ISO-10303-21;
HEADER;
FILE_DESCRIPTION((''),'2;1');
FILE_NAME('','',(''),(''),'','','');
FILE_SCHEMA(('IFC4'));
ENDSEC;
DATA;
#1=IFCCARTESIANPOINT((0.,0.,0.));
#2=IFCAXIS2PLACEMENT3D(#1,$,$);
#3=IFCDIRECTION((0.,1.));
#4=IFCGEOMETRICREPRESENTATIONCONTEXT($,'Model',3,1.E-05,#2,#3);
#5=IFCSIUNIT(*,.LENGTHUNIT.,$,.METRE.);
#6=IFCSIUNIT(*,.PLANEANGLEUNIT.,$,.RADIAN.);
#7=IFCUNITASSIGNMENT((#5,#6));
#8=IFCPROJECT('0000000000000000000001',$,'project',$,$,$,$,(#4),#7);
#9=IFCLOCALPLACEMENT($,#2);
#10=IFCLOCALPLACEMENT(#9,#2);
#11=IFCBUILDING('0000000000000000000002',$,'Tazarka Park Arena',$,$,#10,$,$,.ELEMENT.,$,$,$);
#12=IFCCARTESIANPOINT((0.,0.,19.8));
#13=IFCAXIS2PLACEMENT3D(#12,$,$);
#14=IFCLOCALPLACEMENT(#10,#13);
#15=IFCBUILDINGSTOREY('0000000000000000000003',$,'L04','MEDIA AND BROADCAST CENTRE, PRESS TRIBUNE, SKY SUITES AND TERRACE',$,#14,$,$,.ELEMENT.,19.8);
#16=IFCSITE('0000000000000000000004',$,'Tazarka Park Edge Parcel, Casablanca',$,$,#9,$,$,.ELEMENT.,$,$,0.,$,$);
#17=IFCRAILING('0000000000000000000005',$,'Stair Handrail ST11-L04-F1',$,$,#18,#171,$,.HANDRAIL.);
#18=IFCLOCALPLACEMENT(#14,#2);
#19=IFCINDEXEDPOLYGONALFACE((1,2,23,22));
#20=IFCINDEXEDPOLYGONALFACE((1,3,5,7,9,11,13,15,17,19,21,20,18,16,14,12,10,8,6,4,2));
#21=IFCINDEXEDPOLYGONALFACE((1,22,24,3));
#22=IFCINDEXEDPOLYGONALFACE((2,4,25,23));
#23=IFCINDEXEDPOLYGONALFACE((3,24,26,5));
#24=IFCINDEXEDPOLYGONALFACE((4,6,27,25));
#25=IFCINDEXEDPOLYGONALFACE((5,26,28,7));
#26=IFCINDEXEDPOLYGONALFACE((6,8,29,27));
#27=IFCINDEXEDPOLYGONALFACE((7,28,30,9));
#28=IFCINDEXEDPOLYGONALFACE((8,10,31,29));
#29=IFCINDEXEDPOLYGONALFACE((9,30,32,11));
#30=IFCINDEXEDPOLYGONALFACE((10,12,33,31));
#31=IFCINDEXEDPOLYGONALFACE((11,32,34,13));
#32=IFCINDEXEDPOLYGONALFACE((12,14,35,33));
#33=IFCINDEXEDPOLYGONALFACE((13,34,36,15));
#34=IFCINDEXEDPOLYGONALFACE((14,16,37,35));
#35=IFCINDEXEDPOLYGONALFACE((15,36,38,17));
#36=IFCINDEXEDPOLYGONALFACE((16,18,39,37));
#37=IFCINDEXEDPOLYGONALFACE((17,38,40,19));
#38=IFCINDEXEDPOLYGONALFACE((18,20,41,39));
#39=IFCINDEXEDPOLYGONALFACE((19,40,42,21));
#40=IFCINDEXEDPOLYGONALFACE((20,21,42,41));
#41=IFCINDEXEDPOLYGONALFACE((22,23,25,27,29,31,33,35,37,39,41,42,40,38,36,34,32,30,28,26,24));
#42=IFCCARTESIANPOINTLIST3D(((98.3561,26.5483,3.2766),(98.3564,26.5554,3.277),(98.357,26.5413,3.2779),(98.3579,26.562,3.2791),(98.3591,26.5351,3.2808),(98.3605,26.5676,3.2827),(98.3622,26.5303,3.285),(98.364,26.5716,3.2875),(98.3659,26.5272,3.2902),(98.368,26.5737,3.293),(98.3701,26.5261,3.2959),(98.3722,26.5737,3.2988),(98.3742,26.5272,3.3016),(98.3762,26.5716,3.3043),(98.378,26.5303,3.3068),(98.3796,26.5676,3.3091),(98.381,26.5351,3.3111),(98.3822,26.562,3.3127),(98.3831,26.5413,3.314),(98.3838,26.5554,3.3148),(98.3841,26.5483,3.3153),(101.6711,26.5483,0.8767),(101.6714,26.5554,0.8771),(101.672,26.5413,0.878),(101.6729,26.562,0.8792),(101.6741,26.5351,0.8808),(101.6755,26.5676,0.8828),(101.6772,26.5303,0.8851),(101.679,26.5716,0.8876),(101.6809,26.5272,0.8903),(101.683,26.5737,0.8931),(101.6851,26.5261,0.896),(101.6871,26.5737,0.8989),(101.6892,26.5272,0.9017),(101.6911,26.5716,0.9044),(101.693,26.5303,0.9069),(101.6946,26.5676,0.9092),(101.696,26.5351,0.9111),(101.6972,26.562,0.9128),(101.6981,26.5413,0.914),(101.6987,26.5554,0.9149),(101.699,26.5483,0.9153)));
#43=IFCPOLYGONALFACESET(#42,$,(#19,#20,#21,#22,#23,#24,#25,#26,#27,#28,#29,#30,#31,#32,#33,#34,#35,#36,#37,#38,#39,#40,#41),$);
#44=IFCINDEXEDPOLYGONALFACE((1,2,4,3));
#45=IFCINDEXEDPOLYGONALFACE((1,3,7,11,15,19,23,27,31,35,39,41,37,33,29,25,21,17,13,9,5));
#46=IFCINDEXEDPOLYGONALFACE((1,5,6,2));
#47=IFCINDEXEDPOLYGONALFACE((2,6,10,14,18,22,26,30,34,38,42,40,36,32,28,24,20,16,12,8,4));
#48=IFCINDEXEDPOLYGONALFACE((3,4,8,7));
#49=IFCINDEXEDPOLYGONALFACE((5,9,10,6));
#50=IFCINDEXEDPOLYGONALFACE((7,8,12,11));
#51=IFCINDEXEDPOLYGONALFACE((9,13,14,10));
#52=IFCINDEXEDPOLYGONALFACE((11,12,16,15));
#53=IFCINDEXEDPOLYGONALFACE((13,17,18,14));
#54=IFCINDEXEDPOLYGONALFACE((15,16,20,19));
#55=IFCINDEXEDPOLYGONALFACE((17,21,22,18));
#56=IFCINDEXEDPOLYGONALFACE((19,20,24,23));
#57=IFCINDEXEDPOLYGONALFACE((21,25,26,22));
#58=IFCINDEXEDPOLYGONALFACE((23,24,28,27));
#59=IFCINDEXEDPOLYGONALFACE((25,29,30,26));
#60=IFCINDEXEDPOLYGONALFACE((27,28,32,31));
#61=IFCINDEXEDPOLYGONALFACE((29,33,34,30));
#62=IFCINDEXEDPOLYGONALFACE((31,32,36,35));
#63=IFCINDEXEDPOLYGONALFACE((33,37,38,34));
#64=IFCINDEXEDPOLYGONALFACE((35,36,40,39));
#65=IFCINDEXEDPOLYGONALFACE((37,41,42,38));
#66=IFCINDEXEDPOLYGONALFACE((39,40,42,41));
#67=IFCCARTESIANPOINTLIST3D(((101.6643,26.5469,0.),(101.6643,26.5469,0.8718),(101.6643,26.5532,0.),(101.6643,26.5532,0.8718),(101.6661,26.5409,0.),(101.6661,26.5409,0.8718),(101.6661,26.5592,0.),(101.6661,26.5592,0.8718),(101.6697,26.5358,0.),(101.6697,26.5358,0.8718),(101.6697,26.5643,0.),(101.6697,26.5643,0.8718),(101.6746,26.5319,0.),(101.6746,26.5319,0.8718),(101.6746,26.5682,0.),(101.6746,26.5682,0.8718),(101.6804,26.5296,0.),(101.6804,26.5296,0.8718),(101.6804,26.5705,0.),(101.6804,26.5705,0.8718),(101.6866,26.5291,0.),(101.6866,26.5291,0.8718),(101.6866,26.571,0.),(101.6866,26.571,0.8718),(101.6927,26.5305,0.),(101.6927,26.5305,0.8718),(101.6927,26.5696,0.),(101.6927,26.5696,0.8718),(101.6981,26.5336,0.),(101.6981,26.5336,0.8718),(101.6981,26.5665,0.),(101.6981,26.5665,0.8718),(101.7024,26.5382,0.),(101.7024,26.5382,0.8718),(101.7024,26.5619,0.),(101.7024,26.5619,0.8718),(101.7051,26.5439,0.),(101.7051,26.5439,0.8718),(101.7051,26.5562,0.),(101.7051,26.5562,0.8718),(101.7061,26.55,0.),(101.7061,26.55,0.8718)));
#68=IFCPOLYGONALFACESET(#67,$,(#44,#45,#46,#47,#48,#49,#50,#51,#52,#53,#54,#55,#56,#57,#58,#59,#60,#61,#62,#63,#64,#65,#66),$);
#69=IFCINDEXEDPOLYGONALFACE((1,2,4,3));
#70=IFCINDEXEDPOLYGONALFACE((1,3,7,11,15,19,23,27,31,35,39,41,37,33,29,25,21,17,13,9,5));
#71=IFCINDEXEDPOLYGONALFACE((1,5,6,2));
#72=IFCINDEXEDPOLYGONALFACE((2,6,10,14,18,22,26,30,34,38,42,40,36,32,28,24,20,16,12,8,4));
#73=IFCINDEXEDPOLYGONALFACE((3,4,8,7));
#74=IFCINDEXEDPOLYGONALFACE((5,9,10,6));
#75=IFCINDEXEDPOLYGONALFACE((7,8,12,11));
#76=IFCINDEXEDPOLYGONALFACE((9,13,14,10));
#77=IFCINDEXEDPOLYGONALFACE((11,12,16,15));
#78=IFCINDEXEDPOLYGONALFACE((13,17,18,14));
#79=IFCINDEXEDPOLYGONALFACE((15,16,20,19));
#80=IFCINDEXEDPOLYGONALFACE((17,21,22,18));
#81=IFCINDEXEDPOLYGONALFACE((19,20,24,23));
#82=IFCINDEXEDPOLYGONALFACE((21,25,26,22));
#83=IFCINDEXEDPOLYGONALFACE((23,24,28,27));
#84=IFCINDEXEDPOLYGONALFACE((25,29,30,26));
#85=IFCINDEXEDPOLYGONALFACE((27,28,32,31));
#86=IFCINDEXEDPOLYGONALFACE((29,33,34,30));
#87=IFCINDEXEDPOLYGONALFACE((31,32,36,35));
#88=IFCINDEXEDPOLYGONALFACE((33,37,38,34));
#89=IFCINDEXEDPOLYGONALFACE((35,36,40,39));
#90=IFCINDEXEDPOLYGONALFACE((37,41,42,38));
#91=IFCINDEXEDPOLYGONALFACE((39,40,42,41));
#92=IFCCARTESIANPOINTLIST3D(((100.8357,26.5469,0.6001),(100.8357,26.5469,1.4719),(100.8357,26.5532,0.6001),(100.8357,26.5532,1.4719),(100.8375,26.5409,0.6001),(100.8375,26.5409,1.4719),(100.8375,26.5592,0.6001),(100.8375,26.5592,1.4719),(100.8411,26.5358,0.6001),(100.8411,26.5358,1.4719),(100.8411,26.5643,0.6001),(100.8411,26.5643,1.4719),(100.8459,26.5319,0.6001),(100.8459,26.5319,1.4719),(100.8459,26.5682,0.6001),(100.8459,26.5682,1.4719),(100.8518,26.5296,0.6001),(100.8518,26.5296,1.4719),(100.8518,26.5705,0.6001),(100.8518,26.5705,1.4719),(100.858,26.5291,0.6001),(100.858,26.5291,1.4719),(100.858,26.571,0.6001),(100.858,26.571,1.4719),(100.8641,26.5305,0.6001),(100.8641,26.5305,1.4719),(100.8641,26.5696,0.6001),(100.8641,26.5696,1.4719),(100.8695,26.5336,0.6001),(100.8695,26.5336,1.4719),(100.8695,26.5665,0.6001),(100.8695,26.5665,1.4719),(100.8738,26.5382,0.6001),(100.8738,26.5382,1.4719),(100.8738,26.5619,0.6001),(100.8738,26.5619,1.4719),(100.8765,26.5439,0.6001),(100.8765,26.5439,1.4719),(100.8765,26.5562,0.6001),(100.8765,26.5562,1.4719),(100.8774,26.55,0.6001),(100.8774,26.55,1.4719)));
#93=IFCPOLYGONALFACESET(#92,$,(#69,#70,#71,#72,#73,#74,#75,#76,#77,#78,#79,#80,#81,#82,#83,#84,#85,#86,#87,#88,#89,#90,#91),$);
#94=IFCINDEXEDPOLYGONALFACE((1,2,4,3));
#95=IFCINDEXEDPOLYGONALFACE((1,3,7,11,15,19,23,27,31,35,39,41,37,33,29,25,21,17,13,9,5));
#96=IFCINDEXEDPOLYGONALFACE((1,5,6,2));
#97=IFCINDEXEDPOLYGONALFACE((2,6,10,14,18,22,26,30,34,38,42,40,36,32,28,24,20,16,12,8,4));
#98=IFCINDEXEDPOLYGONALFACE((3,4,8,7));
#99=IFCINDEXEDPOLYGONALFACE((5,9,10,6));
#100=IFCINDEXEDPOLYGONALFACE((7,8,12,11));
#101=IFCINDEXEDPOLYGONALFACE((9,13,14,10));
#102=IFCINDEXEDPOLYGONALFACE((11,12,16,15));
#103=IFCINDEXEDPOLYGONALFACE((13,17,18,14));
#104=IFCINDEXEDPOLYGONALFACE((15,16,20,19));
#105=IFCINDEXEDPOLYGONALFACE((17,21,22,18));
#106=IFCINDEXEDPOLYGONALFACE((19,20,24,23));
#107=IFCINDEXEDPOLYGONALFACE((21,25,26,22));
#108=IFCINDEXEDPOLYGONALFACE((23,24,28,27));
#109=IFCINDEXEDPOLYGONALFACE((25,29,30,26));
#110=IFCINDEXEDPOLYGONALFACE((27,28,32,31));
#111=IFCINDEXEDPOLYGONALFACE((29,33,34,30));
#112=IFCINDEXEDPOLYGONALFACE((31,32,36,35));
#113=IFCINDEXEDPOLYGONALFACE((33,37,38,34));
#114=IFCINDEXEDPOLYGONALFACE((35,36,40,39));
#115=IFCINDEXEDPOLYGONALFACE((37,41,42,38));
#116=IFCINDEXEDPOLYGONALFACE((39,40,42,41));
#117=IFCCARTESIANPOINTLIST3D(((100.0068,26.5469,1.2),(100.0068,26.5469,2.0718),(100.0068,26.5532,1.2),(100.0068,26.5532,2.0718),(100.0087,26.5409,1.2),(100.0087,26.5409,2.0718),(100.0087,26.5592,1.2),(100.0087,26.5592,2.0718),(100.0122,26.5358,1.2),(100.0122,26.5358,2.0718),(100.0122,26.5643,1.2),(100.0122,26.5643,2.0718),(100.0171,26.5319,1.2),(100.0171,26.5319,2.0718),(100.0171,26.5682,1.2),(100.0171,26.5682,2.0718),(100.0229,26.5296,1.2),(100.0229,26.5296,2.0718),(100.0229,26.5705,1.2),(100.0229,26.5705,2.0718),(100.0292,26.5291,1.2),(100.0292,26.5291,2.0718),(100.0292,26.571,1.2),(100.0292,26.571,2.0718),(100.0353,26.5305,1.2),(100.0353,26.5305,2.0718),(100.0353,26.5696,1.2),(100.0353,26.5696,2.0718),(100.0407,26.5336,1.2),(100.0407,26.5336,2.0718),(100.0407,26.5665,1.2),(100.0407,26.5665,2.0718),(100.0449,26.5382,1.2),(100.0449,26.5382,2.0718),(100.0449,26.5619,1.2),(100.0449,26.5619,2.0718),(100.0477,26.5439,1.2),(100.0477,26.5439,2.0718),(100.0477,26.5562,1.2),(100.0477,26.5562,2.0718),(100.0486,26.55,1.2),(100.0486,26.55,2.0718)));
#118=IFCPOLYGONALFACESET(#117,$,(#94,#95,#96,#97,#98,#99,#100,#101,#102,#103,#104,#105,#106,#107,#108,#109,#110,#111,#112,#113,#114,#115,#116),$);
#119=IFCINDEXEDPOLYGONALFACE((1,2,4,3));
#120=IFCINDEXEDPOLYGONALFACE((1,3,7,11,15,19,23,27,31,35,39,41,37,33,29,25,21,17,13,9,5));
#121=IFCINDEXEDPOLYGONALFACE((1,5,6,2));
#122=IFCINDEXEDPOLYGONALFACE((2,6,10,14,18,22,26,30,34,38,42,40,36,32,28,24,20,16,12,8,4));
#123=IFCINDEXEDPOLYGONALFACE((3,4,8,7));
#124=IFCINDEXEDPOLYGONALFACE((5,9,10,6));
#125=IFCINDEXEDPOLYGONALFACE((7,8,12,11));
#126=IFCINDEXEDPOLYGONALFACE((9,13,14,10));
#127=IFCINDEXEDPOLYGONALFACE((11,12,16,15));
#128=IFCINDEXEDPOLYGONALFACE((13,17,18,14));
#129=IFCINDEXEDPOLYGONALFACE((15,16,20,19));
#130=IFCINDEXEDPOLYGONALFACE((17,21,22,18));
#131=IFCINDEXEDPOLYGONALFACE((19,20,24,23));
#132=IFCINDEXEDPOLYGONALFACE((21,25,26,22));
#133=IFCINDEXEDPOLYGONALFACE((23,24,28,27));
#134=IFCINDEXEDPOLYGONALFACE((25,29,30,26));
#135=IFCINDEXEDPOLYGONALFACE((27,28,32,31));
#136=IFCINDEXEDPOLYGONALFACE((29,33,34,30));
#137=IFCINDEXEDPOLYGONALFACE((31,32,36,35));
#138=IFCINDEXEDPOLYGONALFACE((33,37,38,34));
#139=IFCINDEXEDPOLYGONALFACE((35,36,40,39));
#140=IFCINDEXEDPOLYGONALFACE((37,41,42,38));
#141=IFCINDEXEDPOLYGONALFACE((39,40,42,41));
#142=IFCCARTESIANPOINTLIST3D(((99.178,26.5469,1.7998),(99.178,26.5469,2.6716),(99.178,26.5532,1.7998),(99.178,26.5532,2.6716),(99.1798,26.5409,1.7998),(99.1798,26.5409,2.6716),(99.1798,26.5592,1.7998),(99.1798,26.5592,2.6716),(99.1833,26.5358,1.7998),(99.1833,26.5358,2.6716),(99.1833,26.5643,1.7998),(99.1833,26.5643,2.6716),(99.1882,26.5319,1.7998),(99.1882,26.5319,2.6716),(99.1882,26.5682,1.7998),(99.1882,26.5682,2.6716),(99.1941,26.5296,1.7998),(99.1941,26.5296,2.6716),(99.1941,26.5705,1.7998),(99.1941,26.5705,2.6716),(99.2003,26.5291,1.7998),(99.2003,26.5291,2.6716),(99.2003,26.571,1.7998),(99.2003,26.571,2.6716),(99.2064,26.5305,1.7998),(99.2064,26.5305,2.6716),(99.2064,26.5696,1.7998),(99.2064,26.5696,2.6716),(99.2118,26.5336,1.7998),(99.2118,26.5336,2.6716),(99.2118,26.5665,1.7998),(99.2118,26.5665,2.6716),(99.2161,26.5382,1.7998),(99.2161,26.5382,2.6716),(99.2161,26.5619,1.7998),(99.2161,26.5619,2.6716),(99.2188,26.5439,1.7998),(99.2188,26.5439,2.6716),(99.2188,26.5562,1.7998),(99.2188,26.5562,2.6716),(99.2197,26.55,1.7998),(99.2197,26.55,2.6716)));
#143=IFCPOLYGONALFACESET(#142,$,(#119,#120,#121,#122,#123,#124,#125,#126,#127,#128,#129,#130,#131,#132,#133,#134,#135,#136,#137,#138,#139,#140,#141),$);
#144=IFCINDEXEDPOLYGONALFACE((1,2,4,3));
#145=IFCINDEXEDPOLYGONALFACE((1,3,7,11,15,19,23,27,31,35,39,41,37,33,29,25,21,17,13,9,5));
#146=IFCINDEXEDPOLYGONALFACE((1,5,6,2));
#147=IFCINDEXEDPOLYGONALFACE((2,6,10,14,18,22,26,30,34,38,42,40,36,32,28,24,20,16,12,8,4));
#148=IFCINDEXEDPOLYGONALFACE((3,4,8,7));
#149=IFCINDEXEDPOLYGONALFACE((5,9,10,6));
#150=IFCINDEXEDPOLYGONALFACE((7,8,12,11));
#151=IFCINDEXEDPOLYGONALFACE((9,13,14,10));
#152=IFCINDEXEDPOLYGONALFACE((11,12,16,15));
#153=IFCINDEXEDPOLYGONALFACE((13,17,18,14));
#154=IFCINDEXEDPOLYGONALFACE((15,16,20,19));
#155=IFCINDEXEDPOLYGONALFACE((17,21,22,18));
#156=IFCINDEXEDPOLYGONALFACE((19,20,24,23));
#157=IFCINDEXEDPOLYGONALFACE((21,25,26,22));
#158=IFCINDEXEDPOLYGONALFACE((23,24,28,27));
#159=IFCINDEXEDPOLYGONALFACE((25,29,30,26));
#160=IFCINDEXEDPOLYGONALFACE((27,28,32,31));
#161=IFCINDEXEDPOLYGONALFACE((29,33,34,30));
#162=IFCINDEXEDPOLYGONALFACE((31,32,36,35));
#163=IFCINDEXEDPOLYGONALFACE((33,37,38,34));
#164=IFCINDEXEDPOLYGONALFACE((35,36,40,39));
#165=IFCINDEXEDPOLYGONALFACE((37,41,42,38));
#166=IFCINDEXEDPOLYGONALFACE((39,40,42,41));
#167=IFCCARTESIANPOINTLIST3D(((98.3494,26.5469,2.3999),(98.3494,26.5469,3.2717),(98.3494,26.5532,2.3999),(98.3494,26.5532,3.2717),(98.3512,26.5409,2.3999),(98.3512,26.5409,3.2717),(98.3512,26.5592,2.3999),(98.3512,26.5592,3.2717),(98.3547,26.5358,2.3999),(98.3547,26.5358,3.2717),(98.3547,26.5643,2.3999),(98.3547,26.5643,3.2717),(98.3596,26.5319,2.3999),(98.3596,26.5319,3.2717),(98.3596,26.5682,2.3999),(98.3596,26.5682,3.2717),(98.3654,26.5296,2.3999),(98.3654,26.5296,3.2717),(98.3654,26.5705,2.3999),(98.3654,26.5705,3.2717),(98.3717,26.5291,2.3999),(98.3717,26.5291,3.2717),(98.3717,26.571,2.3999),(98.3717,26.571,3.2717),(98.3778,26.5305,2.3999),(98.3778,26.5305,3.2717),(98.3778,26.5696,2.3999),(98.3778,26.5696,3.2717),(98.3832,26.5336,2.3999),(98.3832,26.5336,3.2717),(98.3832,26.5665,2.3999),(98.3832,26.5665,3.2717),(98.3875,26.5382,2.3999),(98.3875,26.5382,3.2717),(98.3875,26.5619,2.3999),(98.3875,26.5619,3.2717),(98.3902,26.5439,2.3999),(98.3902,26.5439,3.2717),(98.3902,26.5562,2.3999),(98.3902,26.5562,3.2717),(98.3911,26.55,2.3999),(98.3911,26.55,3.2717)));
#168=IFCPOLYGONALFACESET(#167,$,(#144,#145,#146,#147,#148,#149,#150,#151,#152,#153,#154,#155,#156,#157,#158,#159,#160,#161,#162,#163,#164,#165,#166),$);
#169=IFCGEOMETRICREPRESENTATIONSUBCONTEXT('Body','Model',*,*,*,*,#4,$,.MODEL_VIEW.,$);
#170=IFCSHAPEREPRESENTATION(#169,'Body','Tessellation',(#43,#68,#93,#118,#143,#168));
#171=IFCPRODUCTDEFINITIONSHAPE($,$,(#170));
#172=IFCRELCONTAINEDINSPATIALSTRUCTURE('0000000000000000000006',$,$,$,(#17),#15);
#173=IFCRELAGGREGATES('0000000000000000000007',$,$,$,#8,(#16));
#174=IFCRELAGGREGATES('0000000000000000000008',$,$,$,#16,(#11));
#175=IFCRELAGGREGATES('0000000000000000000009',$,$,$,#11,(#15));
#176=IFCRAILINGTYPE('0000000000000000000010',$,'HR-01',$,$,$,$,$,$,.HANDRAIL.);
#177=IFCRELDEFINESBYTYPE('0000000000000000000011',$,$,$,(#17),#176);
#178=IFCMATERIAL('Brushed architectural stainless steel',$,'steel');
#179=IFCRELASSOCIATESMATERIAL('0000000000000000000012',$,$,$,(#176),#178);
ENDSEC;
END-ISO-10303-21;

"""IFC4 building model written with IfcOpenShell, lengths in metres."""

from ifc_helpers import new_model, si_unit, direction, frame, origin, origin_2d, place, context, subcontext, project, spatial, circle, extrude, material, type_object, element, save


model = new_model("IFC4")

# Units and contexts
model_context = context("Model", 3, precision=1e-05, world=origin(), true_north=direction((0.0, 1.0)))
body_context = subcontext(model_context, "Body", "Model", "MODEL_VIEW")
ifc_project = project(units=[si_unit("LENGTHUNIT", "METRE"), si_unit("PLANEANGLEUNIT", "RADIAN")], contexts=[model_context])

# Site, building, storey
site_placement = place(None, origin())
site = spatial("IfcSite", under=ifc_project, at=site_placement, Name="Tazarka Park Edge Parcel, Casablanca", CompositionType="ELEMENT", RefElevation=0.0)
building_placement = place(site_placement, origin())
building = spatial("IfcBuilding", under=site, at=building_placement, Name="Tazarka Park Arena", CompositionType="ELEMENT")
storey_placement = place(building_placement, frame((0.0, 0.0, 19.8)))
storey = spatial("IfcBuildingStorey", under=building, at=storey_placement, Name="L04", Description="MEDIA AND BROADCAST CENTRE, PRESS TRIBUNE, SKY SUITES AND TERRACE", CompositionType="ELEMENT", Elevation=19.8)

# Railing
ifc_material_1 = material(Name="Brushed architectural stainless steel", Category="steel")
railing_type_1 = type_object("IfcRailingType", Name="HR-01", PredefinedType="HANDRAIL", material=ifc_material_1)
railing_1_placement = place(storey_placement, frame((101.6851, 26.55, 0.0)))
element("IfcRailing", 1, at=railing_1_placement, inside=storey, type_object=railing_type_1, Name="Stair Handrail ST11-L04-F1", PredefinedType="HANDRAIL", context=body_context, shape_type="SweptSolid", body=[
    extrude(circle(Radius=0.0239, at=origin_2d()), frame((0.0, 0.0, 0.896), z_axis=(-0.810009, 0.0, 0.586418), x_axis=(0.0, -1.0, 0.0)), (0.0, 0.0, 1.0), 4.0925),
    extrude(circle(Radius=0.021, at=origin_2d()), origin(), (0.0, 0.0, 1.0), 0.8718),
    extrude(circle(Radius=0.021, at=origin_2d()), frame((-0.8286, 0.0, 0.6001)), (0.0, 0.0, 1.0), 0.8718),
    extrude(circle(Radius=0.021, at=origin_2d()), frame((-1.6575, 0.0, 1.2)), (0.0, 0.0, 1.0), 0.8718),
    extrude(circle(Radius=0.021, at=origin_2d()), frame((-2.4863, 0.0, 1.7998)), (0.0, 0.0, 1.0), 0.8718),
    extrude(circle(Radius=0.021, at=origin_2d()), frame((-3.3149, 0.0, 2.3999)), (0.0, 0.0, 1.0), 0.8718),
])

save(model, "model.ifc")
